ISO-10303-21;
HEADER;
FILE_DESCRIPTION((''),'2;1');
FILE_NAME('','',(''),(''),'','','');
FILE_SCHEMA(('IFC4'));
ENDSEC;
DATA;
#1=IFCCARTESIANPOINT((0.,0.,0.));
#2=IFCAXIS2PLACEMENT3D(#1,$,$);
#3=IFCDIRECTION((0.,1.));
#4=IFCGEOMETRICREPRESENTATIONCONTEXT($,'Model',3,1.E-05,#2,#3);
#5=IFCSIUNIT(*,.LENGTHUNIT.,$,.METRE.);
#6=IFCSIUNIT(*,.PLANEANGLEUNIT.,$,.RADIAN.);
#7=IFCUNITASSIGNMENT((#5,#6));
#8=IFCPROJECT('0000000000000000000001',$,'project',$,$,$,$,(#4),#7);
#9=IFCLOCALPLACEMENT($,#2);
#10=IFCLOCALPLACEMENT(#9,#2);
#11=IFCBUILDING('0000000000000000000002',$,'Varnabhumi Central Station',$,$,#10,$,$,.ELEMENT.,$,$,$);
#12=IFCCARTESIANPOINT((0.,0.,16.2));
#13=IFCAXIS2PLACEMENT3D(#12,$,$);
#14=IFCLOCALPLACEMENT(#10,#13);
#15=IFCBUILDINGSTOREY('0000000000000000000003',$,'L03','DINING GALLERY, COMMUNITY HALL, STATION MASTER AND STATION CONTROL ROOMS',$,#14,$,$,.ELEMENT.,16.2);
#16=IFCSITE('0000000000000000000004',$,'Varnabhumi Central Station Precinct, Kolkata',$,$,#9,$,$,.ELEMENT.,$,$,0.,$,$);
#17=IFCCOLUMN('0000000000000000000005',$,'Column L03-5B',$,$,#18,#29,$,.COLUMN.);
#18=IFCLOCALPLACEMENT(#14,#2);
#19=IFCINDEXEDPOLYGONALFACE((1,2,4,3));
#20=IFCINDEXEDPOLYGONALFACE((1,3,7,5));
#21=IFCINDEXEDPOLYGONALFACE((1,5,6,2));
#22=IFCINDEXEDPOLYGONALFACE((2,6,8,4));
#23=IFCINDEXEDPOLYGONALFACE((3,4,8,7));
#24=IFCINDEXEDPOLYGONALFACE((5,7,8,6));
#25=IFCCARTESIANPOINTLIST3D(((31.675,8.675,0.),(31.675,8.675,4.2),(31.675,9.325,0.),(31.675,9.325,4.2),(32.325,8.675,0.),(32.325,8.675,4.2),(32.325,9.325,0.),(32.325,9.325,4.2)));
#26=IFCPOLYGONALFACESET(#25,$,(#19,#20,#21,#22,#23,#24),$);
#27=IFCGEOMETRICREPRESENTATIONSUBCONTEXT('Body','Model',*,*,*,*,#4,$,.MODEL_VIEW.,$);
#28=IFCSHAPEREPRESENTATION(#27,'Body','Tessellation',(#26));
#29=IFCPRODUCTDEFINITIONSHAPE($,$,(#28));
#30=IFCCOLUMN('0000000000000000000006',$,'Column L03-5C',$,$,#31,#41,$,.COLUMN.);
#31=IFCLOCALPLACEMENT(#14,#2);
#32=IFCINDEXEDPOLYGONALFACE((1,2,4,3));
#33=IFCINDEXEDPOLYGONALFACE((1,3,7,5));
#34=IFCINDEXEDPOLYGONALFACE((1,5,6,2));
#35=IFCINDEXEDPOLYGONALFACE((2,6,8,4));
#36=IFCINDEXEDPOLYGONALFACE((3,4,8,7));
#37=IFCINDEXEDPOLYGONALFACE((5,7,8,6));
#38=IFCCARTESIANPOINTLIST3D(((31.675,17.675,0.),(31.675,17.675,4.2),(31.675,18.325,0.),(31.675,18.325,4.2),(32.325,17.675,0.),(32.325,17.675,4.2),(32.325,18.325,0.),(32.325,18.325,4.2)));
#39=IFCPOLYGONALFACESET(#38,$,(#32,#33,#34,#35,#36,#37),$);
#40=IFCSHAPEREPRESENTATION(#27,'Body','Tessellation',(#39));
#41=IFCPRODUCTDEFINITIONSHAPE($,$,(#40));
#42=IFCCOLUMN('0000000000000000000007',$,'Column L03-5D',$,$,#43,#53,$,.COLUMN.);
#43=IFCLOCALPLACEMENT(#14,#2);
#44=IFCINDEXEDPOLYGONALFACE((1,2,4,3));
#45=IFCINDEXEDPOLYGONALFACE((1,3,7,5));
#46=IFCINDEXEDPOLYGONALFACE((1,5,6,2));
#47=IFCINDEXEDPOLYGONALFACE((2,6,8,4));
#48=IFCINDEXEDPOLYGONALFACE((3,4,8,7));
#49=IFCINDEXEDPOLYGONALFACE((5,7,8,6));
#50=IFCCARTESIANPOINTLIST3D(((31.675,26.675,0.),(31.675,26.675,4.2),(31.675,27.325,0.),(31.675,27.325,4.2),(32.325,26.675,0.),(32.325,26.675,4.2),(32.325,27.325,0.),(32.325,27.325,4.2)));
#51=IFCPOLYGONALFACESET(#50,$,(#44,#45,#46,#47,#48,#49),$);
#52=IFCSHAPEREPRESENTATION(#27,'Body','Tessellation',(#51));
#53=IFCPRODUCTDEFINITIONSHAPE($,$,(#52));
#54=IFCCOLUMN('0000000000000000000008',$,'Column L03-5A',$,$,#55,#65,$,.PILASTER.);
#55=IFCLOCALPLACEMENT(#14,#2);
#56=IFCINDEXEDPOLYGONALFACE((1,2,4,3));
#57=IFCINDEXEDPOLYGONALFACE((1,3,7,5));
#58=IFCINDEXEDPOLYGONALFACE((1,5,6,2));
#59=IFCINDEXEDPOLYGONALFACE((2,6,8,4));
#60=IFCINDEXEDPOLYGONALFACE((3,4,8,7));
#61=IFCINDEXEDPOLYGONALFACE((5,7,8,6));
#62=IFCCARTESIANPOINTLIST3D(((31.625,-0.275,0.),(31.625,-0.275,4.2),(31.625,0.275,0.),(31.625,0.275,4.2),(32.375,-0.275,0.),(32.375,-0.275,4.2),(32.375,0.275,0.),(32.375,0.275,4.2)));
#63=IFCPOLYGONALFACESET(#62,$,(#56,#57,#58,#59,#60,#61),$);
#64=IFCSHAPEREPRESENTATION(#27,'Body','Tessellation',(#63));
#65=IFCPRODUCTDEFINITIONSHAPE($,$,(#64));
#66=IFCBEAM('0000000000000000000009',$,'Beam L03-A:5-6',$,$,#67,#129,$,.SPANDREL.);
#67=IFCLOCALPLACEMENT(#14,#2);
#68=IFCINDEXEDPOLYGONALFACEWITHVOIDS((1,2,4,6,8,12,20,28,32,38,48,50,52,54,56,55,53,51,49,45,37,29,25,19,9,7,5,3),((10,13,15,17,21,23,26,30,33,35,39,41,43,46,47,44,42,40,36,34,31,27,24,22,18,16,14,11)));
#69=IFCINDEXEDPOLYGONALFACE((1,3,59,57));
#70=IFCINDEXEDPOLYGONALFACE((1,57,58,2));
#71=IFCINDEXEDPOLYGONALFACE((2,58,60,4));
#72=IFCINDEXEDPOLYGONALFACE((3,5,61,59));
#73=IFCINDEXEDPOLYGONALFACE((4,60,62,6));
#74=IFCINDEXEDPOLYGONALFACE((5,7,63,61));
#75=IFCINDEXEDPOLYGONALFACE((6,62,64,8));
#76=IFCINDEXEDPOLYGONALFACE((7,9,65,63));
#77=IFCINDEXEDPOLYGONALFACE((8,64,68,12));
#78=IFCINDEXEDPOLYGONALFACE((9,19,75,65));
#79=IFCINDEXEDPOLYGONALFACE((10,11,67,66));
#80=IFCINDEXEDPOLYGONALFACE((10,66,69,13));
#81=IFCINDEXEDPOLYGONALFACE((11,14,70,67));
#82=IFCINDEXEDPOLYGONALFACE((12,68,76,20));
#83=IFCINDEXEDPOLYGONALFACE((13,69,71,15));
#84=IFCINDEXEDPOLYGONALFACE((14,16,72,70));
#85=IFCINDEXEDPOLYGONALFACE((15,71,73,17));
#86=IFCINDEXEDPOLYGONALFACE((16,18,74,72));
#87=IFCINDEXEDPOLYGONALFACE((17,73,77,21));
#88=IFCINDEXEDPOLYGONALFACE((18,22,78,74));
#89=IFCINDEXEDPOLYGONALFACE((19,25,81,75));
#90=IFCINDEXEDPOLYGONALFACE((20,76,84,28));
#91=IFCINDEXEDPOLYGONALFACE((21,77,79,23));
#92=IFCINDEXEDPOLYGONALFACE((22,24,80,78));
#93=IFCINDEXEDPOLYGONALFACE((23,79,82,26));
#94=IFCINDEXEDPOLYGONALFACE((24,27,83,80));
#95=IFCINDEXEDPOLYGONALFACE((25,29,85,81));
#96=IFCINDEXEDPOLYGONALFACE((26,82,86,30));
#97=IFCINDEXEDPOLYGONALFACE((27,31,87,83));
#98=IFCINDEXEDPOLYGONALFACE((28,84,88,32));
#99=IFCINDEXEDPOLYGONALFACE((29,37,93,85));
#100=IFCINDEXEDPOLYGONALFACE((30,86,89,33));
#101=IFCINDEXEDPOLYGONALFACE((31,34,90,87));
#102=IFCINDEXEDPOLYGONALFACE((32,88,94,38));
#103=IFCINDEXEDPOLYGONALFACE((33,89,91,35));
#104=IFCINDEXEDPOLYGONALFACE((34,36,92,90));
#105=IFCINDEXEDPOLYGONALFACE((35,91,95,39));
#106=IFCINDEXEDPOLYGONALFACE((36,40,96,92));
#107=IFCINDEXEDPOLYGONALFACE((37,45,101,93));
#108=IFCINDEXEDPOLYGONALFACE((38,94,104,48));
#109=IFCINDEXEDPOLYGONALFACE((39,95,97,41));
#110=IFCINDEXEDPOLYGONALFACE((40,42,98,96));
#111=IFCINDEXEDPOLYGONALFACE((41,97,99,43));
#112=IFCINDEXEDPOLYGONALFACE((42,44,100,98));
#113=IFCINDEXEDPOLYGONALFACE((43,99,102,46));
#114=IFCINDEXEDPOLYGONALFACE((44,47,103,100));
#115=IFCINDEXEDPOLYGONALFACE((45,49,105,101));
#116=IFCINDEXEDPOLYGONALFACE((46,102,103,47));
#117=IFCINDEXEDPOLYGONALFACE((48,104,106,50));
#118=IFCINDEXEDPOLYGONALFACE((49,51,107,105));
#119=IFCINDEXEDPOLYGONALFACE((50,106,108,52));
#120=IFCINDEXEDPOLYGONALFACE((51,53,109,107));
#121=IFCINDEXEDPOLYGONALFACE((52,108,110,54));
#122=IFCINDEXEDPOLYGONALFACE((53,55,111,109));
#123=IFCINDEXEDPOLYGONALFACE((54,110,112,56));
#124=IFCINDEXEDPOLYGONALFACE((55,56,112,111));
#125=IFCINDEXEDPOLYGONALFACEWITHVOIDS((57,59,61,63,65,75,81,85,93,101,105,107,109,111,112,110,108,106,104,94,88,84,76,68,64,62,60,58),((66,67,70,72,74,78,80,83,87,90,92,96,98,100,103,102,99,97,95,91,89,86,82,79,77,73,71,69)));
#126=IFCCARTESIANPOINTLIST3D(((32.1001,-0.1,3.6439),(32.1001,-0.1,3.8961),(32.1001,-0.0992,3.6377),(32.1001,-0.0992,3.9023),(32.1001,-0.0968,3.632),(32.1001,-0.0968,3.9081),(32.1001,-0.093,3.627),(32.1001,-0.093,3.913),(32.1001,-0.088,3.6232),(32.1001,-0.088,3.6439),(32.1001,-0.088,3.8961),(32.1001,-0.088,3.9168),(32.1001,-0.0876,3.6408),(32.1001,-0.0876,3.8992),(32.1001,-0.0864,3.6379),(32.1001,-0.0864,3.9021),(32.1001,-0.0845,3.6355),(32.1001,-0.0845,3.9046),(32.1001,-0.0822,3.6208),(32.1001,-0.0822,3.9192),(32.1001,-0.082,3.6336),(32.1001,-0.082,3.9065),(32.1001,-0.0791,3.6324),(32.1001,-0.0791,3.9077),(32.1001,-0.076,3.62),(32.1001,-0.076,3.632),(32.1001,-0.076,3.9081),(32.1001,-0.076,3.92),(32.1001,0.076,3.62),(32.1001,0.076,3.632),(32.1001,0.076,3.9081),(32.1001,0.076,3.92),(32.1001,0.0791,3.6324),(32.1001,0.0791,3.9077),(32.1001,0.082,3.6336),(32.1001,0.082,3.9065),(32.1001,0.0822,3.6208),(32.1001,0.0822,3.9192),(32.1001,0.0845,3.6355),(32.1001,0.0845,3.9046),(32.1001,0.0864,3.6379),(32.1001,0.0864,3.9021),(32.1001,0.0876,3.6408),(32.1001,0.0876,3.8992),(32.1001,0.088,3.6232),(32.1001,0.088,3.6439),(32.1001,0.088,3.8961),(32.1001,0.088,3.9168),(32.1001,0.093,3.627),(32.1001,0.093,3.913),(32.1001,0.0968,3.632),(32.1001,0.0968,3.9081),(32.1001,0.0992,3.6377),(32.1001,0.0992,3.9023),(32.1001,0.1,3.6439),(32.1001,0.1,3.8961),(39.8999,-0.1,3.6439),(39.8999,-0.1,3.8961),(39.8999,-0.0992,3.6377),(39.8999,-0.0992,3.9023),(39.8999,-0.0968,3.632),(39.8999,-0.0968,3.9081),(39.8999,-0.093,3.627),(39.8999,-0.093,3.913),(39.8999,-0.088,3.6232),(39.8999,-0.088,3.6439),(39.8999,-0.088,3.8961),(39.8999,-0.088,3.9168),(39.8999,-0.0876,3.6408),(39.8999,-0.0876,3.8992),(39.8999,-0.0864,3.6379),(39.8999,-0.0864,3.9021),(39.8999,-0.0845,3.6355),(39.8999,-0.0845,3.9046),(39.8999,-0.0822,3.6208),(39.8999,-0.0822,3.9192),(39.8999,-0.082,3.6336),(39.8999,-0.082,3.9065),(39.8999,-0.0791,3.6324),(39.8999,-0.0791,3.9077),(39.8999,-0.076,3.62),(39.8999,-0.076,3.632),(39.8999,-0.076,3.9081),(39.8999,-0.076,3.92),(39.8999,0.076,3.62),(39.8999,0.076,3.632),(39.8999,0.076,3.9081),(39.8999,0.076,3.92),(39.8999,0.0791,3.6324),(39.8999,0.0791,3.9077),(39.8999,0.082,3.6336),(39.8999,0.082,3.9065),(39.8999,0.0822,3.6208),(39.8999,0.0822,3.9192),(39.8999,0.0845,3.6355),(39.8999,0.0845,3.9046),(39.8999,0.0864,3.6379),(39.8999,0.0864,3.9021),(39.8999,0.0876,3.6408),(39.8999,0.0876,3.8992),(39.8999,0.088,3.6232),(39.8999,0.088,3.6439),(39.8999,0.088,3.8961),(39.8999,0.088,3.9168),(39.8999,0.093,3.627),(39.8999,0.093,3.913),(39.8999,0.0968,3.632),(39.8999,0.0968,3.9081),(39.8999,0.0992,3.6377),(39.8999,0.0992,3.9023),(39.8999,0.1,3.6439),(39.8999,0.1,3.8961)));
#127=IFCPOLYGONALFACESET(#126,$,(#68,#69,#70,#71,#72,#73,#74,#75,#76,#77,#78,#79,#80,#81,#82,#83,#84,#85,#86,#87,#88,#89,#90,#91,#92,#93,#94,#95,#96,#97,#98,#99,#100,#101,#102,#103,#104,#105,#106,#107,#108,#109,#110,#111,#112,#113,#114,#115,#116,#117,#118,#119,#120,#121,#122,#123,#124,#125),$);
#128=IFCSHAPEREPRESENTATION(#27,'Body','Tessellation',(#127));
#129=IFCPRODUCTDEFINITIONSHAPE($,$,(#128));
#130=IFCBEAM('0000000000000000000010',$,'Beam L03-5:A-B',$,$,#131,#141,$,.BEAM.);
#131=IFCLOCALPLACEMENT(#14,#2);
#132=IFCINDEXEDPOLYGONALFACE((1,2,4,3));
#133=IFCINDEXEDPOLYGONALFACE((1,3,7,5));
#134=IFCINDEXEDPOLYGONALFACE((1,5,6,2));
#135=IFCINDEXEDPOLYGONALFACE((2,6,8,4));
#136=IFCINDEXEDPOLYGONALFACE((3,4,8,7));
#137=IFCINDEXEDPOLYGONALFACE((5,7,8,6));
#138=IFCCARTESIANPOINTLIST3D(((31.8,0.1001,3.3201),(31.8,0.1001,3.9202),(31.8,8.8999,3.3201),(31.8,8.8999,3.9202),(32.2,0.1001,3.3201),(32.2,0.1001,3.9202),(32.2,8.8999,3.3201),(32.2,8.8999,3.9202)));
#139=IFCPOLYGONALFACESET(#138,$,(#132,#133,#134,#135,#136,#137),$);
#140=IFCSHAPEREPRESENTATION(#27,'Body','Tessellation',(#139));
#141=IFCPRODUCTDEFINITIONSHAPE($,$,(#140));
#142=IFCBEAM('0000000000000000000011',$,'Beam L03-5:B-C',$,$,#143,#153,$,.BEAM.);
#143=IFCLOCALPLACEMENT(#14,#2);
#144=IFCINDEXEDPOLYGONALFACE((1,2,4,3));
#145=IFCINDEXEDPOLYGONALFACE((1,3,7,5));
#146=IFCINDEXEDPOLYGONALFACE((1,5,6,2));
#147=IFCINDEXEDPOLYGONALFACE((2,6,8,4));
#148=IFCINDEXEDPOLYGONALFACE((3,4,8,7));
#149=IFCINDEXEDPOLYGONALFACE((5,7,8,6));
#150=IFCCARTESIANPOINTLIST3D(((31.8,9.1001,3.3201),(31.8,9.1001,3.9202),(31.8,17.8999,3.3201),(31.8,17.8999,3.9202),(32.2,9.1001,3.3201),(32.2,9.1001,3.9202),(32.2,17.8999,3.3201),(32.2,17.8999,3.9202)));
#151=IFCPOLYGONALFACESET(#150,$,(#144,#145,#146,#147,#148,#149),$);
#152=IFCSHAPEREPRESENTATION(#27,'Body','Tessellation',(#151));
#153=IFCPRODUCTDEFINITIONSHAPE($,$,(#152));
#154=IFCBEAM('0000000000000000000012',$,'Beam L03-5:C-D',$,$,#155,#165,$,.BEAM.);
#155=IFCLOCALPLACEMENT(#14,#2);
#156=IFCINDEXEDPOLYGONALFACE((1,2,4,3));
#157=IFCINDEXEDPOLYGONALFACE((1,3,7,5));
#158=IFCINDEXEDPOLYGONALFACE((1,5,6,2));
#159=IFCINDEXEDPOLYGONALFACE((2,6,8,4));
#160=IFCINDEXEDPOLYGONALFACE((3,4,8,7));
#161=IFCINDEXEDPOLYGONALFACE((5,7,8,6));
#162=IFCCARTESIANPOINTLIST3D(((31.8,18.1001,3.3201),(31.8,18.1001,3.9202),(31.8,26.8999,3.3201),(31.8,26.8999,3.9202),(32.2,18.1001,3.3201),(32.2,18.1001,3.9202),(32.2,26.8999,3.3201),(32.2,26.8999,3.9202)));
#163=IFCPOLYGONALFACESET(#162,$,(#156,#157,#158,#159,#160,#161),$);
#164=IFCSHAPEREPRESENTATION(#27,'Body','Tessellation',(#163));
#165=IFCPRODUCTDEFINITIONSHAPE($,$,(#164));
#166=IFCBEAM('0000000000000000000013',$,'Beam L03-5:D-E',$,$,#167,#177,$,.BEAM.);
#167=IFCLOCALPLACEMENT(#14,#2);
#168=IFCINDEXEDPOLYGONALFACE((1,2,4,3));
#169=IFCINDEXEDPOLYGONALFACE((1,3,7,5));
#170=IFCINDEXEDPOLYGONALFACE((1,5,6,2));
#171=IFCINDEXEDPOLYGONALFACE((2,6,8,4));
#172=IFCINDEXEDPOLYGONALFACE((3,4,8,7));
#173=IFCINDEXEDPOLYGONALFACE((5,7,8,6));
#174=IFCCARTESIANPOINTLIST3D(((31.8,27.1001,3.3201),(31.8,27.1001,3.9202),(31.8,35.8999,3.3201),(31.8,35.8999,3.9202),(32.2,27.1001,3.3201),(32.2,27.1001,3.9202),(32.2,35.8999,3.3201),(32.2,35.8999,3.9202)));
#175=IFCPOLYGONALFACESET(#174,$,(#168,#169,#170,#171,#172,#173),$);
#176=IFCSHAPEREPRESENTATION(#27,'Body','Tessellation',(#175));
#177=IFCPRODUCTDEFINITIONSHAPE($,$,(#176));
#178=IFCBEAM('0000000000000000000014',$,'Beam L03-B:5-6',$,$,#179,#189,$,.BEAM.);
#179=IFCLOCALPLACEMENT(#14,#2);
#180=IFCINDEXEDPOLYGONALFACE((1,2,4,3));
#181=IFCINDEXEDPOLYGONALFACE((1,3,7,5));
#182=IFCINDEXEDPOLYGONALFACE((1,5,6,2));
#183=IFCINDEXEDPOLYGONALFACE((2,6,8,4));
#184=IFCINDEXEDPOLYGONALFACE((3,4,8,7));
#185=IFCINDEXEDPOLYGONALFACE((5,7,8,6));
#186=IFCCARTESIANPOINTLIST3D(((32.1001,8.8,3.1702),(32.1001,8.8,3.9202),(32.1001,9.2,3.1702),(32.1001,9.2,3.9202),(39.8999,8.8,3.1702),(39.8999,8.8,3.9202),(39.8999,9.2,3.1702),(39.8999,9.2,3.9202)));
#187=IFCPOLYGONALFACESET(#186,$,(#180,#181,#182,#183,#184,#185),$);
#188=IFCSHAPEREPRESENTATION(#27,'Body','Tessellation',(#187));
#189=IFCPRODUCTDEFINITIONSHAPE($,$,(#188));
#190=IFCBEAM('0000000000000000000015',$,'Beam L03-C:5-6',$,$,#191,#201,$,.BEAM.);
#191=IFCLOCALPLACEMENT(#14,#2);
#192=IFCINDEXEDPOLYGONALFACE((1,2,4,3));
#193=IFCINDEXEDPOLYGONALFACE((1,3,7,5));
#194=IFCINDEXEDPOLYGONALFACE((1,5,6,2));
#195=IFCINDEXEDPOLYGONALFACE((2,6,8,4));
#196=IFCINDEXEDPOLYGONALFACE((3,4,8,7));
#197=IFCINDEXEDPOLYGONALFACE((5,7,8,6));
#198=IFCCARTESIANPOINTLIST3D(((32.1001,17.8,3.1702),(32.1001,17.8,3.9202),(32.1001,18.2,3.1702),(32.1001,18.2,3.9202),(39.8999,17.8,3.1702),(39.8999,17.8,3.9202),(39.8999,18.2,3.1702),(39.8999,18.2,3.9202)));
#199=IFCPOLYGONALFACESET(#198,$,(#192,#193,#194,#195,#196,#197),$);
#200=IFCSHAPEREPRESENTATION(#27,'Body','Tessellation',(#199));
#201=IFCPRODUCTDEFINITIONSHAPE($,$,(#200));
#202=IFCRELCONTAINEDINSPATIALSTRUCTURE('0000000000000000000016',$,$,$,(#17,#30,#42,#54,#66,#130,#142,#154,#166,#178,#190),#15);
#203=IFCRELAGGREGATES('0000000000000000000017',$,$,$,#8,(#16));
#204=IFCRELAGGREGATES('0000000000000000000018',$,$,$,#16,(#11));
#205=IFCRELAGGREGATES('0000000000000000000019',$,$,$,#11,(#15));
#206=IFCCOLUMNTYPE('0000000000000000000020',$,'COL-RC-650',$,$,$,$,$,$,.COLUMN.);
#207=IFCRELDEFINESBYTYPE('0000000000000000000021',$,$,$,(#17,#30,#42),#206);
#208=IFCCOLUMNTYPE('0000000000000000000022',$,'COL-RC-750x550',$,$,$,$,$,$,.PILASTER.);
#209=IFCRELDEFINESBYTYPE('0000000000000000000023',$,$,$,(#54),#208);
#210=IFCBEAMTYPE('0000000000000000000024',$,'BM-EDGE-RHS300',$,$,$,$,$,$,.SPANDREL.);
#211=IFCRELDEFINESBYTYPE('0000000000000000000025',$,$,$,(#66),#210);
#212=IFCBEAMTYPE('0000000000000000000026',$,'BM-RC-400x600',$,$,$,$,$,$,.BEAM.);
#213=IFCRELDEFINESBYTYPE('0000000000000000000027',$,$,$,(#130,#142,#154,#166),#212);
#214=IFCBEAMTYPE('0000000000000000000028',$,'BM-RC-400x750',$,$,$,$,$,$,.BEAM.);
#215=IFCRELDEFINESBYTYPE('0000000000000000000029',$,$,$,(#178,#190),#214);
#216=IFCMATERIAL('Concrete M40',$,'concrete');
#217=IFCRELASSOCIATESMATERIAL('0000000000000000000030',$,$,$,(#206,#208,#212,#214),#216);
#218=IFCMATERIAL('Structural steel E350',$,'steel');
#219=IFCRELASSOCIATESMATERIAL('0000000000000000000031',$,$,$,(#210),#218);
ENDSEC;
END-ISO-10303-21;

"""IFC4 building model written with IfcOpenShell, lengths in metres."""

from ifc_helpers import new_model, si_unit, direction, frame, origin, origin_2d, place, context, subcontext, project, spatial, rectangle, hollow_rectangle, extrude, material, material_profile, profile_set, type_object, element, save


model = new_model("IFC4")

# Units and contexts
model_context = context("Model", 3, precision=1e-05, world=origin(), true_north=direction((0.0, 1.0)))
body_context = subcontext(model_context, "Body", "Model", "MODEL_VIEW")
ifc_project = project(units=[si_unit("LENGTHUNIT", "METRE"), si_unit("PLANEANGLEUNIT", "RADIAN")], contexts=[model_context])

# Site, building, storey
site_placement = place(None, origin())
site = spatial("IfcSite", under=ifc_project, at=site_placement, Name="Varnabhumi Central Station Precinct, Kolkata", CompositionType="ELEMENT", RefElevation=0.0)
building_placement = place(site_placement, origin())
building = spatial("IfcBuilding", under=site, at=building_placement, Name="Varnabhumi Central Station", CompositionType="ELEMENT")
storey_placement = place(building_placement, frame((0.0, 0.0, 16.2)))
storey = spatial("IfcBuildingStorey", under=building, at=storey_placement, Name="L03", Description="DINING GALLERY, COMMUNITY HALL, STATION MASTER AND STATION CONTROL ROOMS", CompositionType="ELEMENT", Elevation=16.2)

# Columns
ifc_material_1 = material(Name="Concrete M40", Category="concrete")
ifc_material_profile_1 = material_profile(ifc_material_1, rectangle(XDim=0.6499, YDim=0.6499, at=origin_2d()), Name="Concrete M40", Category="concrete")
ifc_profile_set_1 = profile_set([ifc_material_profile_1], Name="Concrete M40")
column_type_1 = type_object("IfcColumnType", Name="COL-RC-650", PredefinedType="COLUMN", material=ifc_profile_set_1)
for number, where, z_axis, x_axis, name in (
    (1, (32.0, 9.0, 0.0), (0.0, 0.0, 1.0), (1.0, 0.0, 0.0), "Column L03-5B"),
    (2, (32.0, 18.0, 0.0), (0.0, 0.0, 1.0), (1.0, 0.0, 0.0), "Column L03-5C"),
    (3, (32.0, 27.0, 0.0), (0.0, 0.0, 1.0), (1.0, 0.0, 0.0), "Column L03-5D"),
):
    element("IfcColumn", number, at=place(storey_placement, frame(where, z_axis=z_axis, x_axis=x_axis)), inside=storey, type_object=column_type_1, Name=name, PredefinedType="COLUMN", context=body_context, shape_type="SweptSolid", body=[
        extrude(rectangle(XDim=0.6499, YDim=0.6499, at=origin_2d()), origin(), (0.0, 0.0, 1.0), 4.2),
    ])
ifc_material_profile_2 = material_profile(ifc_material_1, rectangle(XDim=0.75, YDim=0.55, at=origin_2d()), Name="Concrete M40", Category="concrete")
ifc_profile_set_2 = profile_set([ifc_material_profile_2], Name="Concrete M40")
column_type_2 = type_object("IfcColumnType", Name="COL-RC-750x550", PredefinedType="PILASTER", material=ifc_profile_set_2)
column_placement = place(storey_placement, frame((32.0, 0.0, 0.0), z_axis=(0.0, 0.0, 1.0), x_axis=(1.0, 0.0, 0.0)))
element("IfcColumn", 4, at=column_placement, inside=storey, type_object=column_type_2, Name="Column L03-5A", PredefinedType="PILASTER", context=body_context, shape_type="SweptSolid", body=[
    extrude(rectangle(XDim=0.75, YDim=0.55, at=origin_2d()), origin(), (0.0, 0.0, 1.0), 4.2),
])

# Beams
ifc_material_2 = material(Name="Structural steel E350", Category="steel")
ifc_material_profile_3 = material_profile(ifc_material_2, hollow_rectangle(XDim=0.2, YDim=0.3, WallThickness=0.012, InnerFilletRadius=0.012, OuterFilletRadius=0.0239, at=origin_2d()), Name="Structural steel E350", Category="steel")
ifc_profile_set_3 = profile_set([ifc_material_profile_3], Name="Structural steel E350")
beam_type_1 = type_object("IfcBeamType", Name="BM-EDGE-RHS300", PredefinedType="SPANDREL", material=ifc_profile_set_3)
beam_placement = place(storey_placement, frame((32.1001, 0.0, 3.77), z_axis=(1.0, 0.0, 0.0), x_axis=(0.0, 1.0, 0.0)))
element("IfcBeam", 5, at=beam_placement, inside=storey, type_object=beam_type_1, Name="Beam L03-A:5-6", PredefinedType="SPANDREL", context=body_context, shape_type="SweptSolid", body=[
    extrude(hollow_rectangle(XDim=0.2, YDim=0.3, WallThickness=0.012, InnerFilletRadius=0.012, OuterFilletRadius=0.0239, at=origin_2d()), origin(), (0.0, 0.0, 1.0), 7.7998),
])
ifc_material_profile_4 = material_profile(ifc_material_1, rectangle(XDim=0.3999, YDim=0.6001, at=origin_2d()), Name="Concrete M40", Category="concrete")
ifc_profile_set_4 = profile_set([ifc_material_profile_4], Name="Concrete M40")
beam_type_2 = type_object("IfcBeamType", Name="BM-RC-400x600", PredefinedType="BEAM", material=ifc_profile_set_4)
for number, where, z_axis, x_axis, name in (
    (6, (32.0, 0.1001, 3.6201), (0.0, 1.0, 0.0), (-1.0, 0.0, 0.0), "Beam L03-5:A-B"),
    (7, (32.0, 9.1001, 3.6201), (0.0, 1.0, 0.0), (-1.0, 0.0, 0.0), "Beam L03-5:B-C"),
    (8, (32.0, 18.1001, 3.6201), (0.0, 1.0, 0.0), (-1.0, 0.0, 0.0), "Beam L03-5:C-D"),
    (9, (32.0, 27.1001, 3.6201), (0.0, 1.0, 0.0), (-1.0, 0.0, 0.0), "Beam L03-5:D-E"),
):
    element("IfcBeam", number, at=place(storey_placement, frame(where, z_axis=z_axis, x_axis=x_axis)), inside=storey, type_object=beam_type_2, Name=name, PredefinedType="BEAM", context=body_context, shape_type="SweptSolid", body=[
        extrude(rectangle(XDim=0.3999, YDim=0.6001, at=origin_2d()), origin(), (0.0, 0.0, 1.0), 8.7998),
    ])
ifc_material_profile_5 = material_profile(ifc_material_1, rectangle(XDim=0.3999, YDim=0.75, at=origin_2d()), Name="Concrete M40", Category="concrete")
ifc_profile_set_5 = profile_set([ifc_material_profile_5], Name="Concrete M40")
beam_type_3 = type_object("IfcBeamType", Name="BM-RC-400x750", PredefinedType="BEAM", material=ifc_profile_set_5)
for number, where, z_axis, x_axis, name in (
    (10, (32.1001, 9.0, 3.5452), (1.0, 0.0, 0.0), (0.0, 1.0, 0.0), "Beam L03-B:5-6"),
    (11, (32.1001, 18.0, 3.5452), (1.0, 0.0, 0.0), (0.0, 1.0, 0.0), "Beam L03-C:5-6"),
):
    element("IfcBeam", number, at=place(storey_placement, frame(where, z_axis=z_axis, x_axis=x_axis)), inside=storey, type_object=beam_type_3, Name=name, PredefinedType="BEAM", context=body_context, shape_type="SweptSolid", body=[
        extrude(rectangle(XDim=0.3999, YDim=0.75, at=origin_2d()), origin(), (0.0, 0.0, 1.0), 7.7998),
    ])

save(model, "model.ifc")
